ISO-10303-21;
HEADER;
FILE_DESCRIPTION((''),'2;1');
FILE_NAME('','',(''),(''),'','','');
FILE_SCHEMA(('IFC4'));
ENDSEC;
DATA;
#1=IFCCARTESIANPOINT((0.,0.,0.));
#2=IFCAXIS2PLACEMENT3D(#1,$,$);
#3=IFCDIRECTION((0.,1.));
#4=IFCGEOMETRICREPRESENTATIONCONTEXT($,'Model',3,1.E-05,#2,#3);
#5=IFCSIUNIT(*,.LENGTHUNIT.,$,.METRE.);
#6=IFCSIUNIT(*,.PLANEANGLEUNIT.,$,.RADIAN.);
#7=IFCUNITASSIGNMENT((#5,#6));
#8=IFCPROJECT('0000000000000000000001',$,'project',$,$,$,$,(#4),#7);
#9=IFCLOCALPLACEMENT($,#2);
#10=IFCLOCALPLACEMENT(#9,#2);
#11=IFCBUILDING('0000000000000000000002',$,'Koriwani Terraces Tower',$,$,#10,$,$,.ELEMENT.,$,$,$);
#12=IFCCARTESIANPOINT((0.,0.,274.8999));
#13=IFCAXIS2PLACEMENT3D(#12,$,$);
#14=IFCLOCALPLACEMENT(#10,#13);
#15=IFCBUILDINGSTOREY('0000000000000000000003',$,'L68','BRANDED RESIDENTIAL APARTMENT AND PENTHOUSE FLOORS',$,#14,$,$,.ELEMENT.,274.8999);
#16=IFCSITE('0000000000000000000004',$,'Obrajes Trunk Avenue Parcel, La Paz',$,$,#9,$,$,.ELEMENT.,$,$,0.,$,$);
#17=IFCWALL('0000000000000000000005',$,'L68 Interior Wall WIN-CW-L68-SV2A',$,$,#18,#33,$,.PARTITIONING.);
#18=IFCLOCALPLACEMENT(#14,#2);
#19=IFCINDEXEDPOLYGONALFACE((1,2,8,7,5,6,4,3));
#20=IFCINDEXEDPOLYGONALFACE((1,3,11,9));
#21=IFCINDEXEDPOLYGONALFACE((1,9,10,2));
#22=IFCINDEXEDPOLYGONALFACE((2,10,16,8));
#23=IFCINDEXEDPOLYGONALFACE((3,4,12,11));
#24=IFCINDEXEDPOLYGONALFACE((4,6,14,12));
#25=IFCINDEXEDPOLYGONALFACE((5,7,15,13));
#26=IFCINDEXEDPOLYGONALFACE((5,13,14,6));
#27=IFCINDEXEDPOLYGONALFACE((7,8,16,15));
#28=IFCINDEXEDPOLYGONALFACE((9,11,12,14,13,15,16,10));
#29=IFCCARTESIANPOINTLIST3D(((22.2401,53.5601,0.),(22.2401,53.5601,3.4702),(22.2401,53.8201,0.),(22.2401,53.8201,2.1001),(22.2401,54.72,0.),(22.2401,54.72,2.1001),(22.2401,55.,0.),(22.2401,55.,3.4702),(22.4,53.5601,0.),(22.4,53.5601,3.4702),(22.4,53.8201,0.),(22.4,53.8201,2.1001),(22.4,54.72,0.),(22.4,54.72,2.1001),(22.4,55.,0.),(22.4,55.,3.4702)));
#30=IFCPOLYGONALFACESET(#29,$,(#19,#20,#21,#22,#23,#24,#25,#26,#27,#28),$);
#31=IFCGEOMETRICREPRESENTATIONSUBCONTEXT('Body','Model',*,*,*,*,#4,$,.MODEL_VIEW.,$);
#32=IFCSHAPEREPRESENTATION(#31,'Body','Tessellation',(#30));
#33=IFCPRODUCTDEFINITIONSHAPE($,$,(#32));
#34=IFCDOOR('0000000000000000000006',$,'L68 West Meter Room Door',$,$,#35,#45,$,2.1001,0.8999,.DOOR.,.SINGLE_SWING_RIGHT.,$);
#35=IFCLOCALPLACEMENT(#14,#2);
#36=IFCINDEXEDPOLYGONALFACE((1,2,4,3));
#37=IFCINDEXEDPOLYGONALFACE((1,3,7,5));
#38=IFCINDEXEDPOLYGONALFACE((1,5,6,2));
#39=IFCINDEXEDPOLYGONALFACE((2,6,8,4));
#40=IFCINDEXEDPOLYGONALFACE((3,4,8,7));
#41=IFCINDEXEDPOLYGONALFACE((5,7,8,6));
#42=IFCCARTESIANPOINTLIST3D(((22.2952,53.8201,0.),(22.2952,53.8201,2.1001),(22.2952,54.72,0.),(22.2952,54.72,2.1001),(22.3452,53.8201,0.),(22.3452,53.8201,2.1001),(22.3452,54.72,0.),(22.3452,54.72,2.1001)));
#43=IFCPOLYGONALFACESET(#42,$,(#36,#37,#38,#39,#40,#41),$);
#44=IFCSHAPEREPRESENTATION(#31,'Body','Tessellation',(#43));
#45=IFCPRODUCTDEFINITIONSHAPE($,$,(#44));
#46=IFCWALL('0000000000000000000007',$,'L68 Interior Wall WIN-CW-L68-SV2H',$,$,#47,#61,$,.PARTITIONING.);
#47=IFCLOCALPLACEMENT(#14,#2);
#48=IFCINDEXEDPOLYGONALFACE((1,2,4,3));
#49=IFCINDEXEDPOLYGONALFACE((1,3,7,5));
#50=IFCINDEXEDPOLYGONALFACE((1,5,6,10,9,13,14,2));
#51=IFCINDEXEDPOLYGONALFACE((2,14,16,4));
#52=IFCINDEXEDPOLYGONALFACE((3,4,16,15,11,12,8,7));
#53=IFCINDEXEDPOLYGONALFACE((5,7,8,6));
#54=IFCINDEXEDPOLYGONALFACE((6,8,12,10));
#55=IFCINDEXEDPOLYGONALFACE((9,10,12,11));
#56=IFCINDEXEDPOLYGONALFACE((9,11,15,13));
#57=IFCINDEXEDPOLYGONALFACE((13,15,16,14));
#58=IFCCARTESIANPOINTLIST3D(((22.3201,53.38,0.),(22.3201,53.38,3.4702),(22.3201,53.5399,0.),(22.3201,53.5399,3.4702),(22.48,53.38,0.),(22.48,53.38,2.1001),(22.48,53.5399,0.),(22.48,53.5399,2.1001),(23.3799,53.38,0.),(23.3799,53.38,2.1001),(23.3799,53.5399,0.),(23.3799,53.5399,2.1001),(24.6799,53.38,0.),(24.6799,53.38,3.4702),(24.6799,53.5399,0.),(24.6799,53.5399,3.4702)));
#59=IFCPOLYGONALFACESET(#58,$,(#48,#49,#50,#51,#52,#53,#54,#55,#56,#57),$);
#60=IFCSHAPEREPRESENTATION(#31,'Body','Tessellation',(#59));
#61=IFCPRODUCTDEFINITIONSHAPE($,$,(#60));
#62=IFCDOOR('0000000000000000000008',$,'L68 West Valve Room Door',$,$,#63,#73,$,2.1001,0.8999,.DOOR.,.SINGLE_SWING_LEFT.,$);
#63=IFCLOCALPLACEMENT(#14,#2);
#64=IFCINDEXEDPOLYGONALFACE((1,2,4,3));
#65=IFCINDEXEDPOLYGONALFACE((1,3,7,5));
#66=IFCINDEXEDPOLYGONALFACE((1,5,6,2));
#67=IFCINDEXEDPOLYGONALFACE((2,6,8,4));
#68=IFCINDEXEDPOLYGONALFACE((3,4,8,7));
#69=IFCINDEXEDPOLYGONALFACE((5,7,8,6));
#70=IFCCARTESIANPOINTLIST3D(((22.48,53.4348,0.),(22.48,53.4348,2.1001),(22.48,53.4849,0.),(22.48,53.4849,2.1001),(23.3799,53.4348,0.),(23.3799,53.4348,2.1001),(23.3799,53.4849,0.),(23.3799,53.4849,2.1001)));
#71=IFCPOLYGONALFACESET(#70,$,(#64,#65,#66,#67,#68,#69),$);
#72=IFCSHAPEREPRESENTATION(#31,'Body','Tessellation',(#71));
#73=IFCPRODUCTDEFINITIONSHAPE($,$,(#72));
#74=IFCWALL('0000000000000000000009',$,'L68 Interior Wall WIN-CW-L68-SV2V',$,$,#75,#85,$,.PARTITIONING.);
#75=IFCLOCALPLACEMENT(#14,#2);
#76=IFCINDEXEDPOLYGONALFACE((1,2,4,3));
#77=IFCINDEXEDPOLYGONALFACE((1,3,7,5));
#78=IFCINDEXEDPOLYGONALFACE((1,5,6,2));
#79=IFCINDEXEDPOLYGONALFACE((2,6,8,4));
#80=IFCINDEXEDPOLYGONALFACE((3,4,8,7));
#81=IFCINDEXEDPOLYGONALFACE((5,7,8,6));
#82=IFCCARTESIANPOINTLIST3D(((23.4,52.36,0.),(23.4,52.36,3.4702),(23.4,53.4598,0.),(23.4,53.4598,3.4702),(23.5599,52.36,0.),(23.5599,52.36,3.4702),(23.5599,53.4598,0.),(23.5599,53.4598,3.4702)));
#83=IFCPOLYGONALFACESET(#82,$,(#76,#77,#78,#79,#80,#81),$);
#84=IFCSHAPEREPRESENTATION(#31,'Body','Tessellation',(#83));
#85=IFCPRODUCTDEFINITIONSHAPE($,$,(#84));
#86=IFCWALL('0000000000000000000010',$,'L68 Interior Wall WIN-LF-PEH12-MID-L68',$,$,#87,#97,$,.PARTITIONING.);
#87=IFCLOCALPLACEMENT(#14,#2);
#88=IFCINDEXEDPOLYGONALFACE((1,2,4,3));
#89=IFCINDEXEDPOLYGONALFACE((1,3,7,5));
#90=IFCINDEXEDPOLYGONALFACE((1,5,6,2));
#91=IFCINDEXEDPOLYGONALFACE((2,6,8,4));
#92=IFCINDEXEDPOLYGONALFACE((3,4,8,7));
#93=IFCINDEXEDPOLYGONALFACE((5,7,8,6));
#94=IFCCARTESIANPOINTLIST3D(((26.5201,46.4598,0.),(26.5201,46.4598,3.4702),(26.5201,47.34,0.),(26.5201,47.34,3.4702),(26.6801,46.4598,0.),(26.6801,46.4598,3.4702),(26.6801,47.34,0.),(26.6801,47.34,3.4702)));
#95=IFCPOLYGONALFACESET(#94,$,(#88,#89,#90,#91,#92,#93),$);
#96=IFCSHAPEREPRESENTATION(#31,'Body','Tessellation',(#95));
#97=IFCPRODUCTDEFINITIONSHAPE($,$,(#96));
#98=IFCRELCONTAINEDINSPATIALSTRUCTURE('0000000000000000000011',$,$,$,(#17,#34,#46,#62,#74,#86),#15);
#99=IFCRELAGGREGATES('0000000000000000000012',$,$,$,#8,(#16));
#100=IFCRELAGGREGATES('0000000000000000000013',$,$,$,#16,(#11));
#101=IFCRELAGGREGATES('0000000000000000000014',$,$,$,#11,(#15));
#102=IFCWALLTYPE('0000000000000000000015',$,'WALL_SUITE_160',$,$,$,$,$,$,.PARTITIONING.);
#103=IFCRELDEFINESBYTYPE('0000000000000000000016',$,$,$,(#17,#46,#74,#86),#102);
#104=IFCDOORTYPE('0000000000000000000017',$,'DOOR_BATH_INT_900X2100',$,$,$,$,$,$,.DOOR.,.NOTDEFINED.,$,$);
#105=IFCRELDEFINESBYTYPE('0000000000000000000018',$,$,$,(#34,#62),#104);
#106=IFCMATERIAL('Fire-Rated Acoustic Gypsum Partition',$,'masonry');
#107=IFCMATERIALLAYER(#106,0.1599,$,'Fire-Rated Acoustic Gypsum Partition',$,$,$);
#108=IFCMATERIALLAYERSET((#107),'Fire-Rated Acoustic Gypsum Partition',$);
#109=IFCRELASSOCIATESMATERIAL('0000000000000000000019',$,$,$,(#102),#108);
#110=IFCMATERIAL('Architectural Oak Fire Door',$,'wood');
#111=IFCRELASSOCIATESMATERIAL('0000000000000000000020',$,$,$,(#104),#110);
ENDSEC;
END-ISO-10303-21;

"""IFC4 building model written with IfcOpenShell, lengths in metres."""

from ifc_helpers import new_model, si_unit, direction, frame, frame_2d, origin, place, context, subcontext, project, spatial, rectangle, extrude, material, layer, layer_set, type_object, element, fill, save


model = new_model("IFC4")

# Units and contexts
model_context = context("Model", 3, precision=1e-05, world=origin(), true_north=direction((0.0, 1.0)))
body_context = subcontext(model_context, "Body", "Model", "MODEL_VIEW")
ifc_project = project(units=[si_unit("LENGTHUNIT", "METRE"), si_unit("PLANEANGLEUNIT", "RADIAN")], contexts=[model_context])

# Site, building, storey
site_placement = place(None, origin())
site = spatial("IfcSite", under=ifc_project, at=site_placement, Name="Obrajes Trunk Avenue Parcel, La Paz", CompositionType="ELEMENT", RefElevation=0.0)
building_placement = place(site_placement, origin())
building = spatial("IfcBuilding", under=site, at=building_placement, Name="Koriwani Terraces Tower", CompositionType="ELEMENT")
storey_placement = place(building_placement, frame((0.0, 0.0, 274.8999)))
storey = spatial("IfcBuildingStorey", under=building, at=storey_placement, Name="L68", Description="BRANDED RESIDENTIAL APARTMENT AND PENTHOUSE FLOORS", CompositionType="ELEMENT", Elevation=274.8999)

# Walls, openings, doors
ifc_material_1 = material(Name="Fire-Rated Acoustic Gypsum Partition", Category="masonry")
ifc_layer_1 = layer(ifc_material_1, 0.1599, Name="Fire-Rated Acoustic Gypsum Partition")
ifc_layer_set_1 = layer_set([ifc_layer_1], Name="Fire-Rated Acoustic Gypsum Partition")
wall_type_1 = type_object("IfcWallType", Name="WALL_SUITE_160", PredefinedType="PARTITIONING", material=ifc_layer_set_1)
wall_1_placement = place(storey_placement, frame((22.3201, 53.5601, 0.0), z_axis=(0.0, 0.0, 1.0), x_axis=(0.0, 1.0, 0.0)))
wall_1 = element("IfcWall", 1, at=wall_1_placement, inside=storey, type_object=wall_type_1, Name="L68 Interior Wall WIN-CW-L68-SV2A", PredefinedType="PARTITIONING", context=body_context, shape_type="SweptSolid", body=[
    extrude(rectangle(XDim=1.4399, YDim=0.1599, at=frame_2d((0.72, 0.0))), origin(), (0.0, 0.0, 1.0), 3.4702),
])
opening_1_placement = place(wall_1_placement, frame((0.26, 0.0, 0.0)))
opening_1 = element("IfcOpeningElement", 2, at=opening_1_placement, cuts=wall_1, PredefinedType="OPENING", context=body_context, shape_type="SweptSolid", body=[
    extrude(rectangle(XDim=0.8999, YDim=2.1001, at=frame_2d((0.45, 1.05))), frame((0.0, 0.0898, 0.0), z_axis=(0.0, -1.0, 0.0), x_axis=(1.0, 0.0, 0.0)), (0.0, 0.0, 1.0), 0.1799),
])
ifc_material_2 = material(Name="Architectural Oak Fire Door", Category="wood")
door_type_1 = type_object("IfcDoorType", Name="DOOR_BATH_INT_900X2100", OperationType="NOTDEFINED", PredefinedType="DOOR", material=ifc_material_2)
door_1_placement = place(opening_1_placement, origin())
door_1 = element("IfcDoor", 3, at=door_1_placement, inside=storey, type_object=door_type_1, Name="L68 West Meter Room Door", OperationType="SINGLE_SWING_RIGHT", OverallHeight=2.1001, OverallWidth=0.8999, PredefinedType="DOOR", context=body_context, shape_type="SweptSolid", body=[
    extrude(rectangle(XDim=0.8999, YDim=2.1001, at=frame_2d((0.45, 1.05))), frame((0.0, 0.0249, 0.0), z_axis=(0.0, -1.0, 0.0), x_axis=(1.0, 0.0, 0.0)), (0.0, 0.0, 1.0), 0.05),
])
fill(opening_1, door_1)
wall_2_placement = place(storey_placement, frame((22.3201, 53.46, 0.0), z_axis=(0.0, 0.0, 1.0), x_axis=(1.0, 0.0, 0.0)))
wall_2 = element("IfcWall", 4, at=wall_2_placement, inside=storey, type_object=wall_type_1, Name="L68 Interior Wall WIN-CW-L68-SV2H", PredefinedType="PARTITIONING", context=body_context, shape_type="SweptSolid", body=[
    extrude(rectangle(XDim=2.3599, YDim=0.1599, at=frame_2d((1.1799, 0.0))), origin(), (0.0, 0.0, 1.0), 3.4702),
])
opening_2_placement = place(wall_2_placement, frame((0.1599, 0.0, 0.0)))
opening_2 = element("IfcOpeningElement", 5, at=opening_2_placement, cuts=wall_2, PredefinedType="OPENING", context=body_context, shape_type="SweptSolid", body=[
    extrude(rectangle(XDim=0.8999, YDim=2.1001, at=frame_2d((0.45, 1.05))), frame((0.0, 0.0898, 0.0), z_axis=(0.0, -1.0, 0.0), x_axis=(1.0, 0.0, 0.0)), (0.0, 0.0, 1.0), 0.1799),
])
door_2_placement = place(opening_2_placement, origin())
door_2 = element("IfcDoor", 6, at=door_2_placement, inside=storey, type_object=door_type_1, Name="L68 West Valve Room Door", OperationType="SINGLE_SWING_LEFT", OverallHeight=2.1001, OverallWidth=0.8999, PredefinedType="DOOR", context=body_context, shape_type="SweptSolid", body=[
    extrude(rectangle(XDim=0.8999, YDim=2.1001, at=frame_2d((0.45, 1.05))), frame((0.0, 0.0249, 0.0), z_axis=(0.0, -1.0, 0.0), x_axis=(1.0, 0.0, 0.0)), (0.0, 0.0, 1.0), 0.05),
])
fill(opening_2, door_2)

# Walls
wall_3_placement = place(storey_placement, frame((23.48, 52.3601, 0.0), z_axis=(0.0, 0.0, 1.0), x_axis=(0.0, 1.0, 0.0)))
element("IfcWall", 7, at=wall_3_placement, inside=storey, type_object=wall_type_1, Name="L68 Interior Wall WIN-CW-L68-SV2V", PredefinedType="PARTITIONING", context=body_context, shape_type="SweptSolid", body=[
    extrude(rectangle(XDim=1.0999, YDim=0.1599, at=frame_2d((0.5498, 0.0))), origin(), (0.0, 0.0, 1.0), 3.4702),
])
wall_4_placement = place(storey_placement, frame((26.6001, 46.46, 0.0), z_axis=(0.0, 0.0, 1.0), x_axis=(0.0, 1.0, 0.0)))
element("IfcWall", 8, at=wall_4_placement, inside=storey, type_object=wall_type_1, Name="L68 Interior Wall WIN-LF-PEH12-MID-L68", PredefinedType="PARTITIONING", context=body_context, shape_type="SweptSolid", body=[
    extrude(rectangle(XDim=0.8801, YDim=0.1599, at=frame_2d((0.4399, 0.0))), origin(), (0.0, 0.0, 1.0), 3.4702),
])

save(model, "model.ifc")
